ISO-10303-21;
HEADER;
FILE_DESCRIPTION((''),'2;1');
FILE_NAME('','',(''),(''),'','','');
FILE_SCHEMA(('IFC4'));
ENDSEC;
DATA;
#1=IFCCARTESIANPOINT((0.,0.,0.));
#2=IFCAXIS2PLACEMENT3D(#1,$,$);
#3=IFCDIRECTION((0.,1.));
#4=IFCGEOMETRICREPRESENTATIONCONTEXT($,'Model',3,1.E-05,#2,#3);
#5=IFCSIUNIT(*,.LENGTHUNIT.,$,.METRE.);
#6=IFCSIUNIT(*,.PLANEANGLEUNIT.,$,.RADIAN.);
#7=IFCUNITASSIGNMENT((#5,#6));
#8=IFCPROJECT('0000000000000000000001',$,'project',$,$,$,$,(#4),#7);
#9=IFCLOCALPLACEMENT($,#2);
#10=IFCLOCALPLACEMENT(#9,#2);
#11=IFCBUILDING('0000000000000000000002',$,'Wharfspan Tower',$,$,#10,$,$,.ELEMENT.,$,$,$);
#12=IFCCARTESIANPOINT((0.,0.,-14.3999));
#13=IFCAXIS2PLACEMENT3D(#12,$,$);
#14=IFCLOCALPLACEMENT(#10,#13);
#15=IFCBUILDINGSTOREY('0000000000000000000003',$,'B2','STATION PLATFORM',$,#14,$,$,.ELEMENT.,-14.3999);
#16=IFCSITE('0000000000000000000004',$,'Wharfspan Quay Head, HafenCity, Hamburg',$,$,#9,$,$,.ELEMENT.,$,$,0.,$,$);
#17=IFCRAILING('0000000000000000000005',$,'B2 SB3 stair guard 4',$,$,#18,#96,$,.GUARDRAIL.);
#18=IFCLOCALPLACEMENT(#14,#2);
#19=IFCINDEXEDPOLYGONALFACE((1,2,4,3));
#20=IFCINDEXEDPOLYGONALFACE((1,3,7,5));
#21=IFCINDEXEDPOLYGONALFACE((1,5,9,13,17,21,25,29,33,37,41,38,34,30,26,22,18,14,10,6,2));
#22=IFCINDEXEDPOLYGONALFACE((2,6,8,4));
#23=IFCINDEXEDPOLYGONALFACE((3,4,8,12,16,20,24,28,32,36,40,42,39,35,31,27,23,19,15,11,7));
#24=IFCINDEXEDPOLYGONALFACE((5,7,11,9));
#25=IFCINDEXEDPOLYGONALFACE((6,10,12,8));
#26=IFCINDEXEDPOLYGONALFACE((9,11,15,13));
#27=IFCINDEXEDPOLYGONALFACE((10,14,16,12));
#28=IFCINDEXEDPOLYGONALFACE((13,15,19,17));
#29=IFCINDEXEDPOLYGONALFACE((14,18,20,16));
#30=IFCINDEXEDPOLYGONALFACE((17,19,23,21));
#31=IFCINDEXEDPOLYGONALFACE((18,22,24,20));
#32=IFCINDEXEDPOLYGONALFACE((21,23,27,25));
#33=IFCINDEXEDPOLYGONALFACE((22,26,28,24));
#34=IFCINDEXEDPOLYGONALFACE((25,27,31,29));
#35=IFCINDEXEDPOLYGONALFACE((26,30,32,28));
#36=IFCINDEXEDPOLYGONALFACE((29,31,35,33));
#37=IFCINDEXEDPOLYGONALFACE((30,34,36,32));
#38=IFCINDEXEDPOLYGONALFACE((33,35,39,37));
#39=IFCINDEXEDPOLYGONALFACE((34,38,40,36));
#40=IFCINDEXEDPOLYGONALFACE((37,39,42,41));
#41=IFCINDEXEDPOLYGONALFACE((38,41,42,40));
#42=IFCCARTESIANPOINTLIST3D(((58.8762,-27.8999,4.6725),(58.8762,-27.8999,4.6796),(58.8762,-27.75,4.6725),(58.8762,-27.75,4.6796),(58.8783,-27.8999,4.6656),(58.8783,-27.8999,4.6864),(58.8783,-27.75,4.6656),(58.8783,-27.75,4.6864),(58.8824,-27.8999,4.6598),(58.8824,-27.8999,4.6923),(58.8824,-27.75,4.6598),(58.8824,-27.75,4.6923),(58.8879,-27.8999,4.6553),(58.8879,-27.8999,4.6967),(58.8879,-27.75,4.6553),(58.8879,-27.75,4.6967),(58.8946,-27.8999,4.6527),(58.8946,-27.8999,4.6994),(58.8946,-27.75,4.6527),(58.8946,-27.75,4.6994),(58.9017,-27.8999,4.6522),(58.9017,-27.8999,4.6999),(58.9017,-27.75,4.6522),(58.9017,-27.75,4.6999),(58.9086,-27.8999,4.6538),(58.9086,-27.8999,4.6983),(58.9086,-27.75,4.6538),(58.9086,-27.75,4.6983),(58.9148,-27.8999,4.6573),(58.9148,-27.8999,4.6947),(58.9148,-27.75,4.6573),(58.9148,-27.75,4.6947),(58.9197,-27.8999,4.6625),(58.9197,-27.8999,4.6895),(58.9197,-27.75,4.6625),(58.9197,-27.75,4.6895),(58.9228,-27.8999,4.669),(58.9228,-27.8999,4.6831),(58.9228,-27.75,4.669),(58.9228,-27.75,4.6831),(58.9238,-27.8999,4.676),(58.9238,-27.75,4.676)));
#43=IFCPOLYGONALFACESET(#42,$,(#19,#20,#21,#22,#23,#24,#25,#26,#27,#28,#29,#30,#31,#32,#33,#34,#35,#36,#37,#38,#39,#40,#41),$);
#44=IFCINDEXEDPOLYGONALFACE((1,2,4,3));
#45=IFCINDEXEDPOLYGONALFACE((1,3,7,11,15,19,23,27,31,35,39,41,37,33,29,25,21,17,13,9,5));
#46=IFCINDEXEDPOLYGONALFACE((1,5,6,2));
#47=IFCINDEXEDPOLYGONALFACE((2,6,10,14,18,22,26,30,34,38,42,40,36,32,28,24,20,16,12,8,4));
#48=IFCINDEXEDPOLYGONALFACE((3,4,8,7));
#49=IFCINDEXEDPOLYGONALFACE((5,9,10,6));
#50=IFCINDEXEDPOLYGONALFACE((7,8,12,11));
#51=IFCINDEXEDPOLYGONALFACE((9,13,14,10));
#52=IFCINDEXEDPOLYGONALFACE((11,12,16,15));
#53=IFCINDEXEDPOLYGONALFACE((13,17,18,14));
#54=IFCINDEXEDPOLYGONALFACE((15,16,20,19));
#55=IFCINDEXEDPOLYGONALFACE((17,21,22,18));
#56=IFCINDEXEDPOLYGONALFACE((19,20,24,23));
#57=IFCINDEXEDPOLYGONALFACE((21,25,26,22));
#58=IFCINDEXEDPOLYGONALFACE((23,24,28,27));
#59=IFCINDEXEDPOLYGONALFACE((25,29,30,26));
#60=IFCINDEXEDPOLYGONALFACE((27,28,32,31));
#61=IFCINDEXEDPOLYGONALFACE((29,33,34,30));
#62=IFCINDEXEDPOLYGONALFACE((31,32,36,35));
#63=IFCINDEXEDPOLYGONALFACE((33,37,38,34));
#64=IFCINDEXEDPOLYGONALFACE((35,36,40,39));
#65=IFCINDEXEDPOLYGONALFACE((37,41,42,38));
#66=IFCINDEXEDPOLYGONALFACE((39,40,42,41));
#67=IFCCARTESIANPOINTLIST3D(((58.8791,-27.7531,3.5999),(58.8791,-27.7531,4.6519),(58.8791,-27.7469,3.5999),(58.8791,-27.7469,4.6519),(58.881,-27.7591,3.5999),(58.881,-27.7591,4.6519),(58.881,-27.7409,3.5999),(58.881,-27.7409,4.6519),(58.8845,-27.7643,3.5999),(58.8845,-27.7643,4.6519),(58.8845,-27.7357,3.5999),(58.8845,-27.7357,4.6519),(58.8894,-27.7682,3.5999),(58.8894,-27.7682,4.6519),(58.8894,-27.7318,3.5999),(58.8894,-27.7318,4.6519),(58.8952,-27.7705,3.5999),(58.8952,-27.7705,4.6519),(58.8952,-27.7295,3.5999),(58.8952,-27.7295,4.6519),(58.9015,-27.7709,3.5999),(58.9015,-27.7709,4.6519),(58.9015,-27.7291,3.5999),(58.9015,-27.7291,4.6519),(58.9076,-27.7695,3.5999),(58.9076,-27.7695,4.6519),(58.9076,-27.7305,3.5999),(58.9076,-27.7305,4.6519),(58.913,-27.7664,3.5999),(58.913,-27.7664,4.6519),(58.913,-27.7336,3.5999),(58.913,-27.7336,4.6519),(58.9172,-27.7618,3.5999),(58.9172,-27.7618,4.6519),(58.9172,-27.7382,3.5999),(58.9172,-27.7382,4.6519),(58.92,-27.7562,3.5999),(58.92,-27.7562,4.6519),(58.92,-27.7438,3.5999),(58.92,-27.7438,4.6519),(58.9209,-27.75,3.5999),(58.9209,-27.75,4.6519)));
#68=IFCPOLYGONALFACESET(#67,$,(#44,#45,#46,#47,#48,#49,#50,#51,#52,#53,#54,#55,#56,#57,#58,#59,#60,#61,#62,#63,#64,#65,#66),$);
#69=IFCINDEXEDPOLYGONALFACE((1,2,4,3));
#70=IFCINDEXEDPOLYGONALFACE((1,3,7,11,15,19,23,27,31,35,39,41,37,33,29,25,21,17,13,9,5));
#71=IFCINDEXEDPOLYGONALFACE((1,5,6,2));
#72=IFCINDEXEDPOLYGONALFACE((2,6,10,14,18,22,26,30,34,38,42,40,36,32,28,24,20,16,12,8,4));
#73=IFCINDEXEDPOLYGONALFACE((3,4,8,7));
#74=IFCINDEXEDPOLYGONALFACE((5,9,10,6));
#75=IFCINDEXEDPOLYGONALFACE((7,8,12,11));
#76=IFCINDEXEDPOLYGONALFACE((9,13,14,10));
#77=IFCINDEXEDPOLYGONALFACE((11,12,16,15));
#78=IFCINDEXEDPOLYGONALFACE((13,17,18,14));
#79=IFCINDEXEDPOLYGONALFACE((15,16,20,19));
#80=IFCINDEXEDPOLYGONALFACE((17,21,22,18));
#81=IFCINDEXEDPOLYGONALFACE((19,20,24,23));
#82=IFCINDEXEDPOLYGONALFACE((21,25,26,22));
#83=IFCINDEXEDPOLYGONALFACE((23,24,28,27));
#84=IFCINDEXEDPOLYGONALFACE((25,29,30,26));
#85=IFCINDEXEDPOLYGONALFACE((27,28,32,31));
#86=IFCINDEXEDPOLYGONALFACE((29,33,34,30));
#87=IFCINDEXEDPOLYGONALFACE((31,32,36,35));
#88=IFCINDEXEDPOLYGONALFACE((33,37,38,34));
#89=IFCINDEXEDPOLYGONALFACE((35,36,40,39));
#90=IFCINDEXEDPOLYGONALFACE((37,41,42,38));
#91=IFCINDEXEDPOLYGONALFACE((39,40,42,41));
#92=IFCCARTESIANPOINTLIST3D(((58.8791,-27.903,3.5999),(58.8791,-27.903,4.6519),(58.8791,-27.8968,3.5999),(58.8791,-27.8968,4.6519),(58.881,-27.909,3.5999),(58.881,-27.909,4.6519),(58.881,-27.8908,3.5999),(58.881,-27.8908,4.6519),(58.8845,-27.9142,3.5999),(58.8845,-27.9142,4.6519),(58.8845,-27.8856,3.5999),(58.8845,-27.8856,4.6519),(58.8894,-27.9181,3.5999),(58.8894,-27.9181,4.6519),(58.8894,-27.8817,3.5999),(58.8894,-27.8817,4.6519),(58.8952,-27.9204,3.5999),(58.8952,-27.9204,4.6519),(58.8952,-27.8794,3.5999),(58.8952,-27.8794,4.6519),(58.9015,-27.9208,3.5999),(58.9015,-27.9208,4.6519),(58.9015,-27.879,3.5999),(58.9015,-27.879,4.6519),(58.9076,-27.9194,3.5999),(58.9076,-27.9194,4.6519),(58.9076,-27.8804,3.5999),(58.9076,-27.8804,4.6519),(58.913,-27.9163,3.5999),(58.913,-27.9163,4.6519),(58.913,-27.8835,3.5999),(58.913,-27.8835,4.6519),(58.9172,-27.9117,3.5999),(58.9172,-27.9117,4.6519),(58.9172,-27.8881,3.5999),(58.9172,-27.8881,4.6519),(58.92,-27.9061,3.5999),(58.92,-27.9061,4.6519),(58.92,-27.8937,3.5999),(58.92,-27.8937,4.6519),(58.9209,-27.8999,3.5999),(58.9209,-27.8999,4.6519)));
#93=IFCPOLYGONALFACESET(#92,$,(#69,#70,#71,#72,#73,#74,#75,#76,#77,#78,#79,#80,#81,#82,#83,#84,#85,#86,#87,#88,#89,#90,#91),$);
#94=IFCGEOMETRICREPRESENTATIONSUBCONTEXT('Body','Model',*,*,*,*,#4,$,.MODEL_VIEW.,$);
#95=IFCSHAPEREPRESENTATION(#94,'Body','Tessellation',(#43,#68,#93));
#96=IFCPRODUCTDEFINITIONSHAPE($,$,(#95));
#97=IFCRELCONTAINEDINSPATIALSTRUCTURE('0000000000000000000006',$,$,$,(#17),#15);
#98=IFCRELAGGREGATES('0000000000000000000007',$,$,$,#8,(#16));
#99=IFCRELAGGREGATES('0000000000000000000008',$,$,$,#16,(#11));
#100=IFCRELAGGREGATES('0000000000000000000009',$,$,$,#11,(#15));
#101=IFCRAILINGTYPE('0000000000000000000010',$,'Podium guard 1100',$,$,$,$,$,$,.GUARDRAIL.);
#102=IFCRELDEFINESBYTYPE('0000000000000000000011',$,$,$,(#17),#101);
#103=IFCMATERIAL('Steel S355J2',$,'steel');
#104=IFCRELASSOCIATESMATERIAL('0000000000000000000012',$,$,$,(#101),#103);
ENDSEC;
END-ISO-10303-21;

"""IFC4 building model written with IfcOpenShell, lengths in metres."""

from ifc_helpers import new_model, si_unit, direction, frame, origin, origin_2d, place, context, subcontext, project, spatial, circle, extrude, material, type_object, element, save


model = new_model("IFC4")

# Units and contexts
model_context = context("Model", 3, precision=1e-05, world=origin(), true_north=direction((0.0, 1.0)))
body_context = subcontext(model_context, "Body", "Model", "MODEL_VIEW")
ifc_project = project(units=[si_unit("LENGTHUNIT", "METRE"), si_unit("PLANEANGLEUNIT", "RADIAN")], contexts=[model_context])

# Site, building, storey
site_placement = place(None, origin())
site = spatial("IfcSite", under=ifc_project, at=site_placement, Name="Wharfspan Quay Head, HafenCity, Hamburg", CompositionType="ELEMENT", RefElevation=0.0)
building_placement = place(site_placement, origin())
building = spatial("IfcBuilding", under=site, at=building_placement, Name="Wharfspan Tower", CompositionType="ELEMENT")
storey_placement = place(building_placement, frame((0.0, 0.0, -14.3999)))
storey = spatial("IfcBuildingStorey", under=building, at=storey_placement, Name="B2", Description="STATION PLATFORM", CompositionType="ELEMENT", Elevation=-14.3999)

# Railing
ifc_material_1 = material(Name="Steel S355J2", Category="steel")
railing_type_1 = type_object("IfcRailingType", Name="Podium guard 1100", PredefinedType="GUARDRAIL", material=ifc_material_1)
railing_1_placement = place(storey_placement, frame((58.8999, -27.75, 3.5999)))
element("IfcRailing", 1, at=railing_1_placement, inside=storey, type_object=railing_type_1, Name="B2 SB3 stair guard 4", PredefinedType="GUARDRAIL", context=body_context, shape_type="SweptSolid", body=[
    extrude(circle(Radius=0.0239, at=origin_2d()), frame((0.0, 0.0, 1.0762), z_axis=(0.0, -1.0, 0.0), x_axis=(1.0, 0.0, 0.0)), (0.0, 0.0, 1.0), 0.1499),
    extrude(circle(Radius=0.021, at=origin_2d()), origin(), (0.0, 0.0, 1.0), 1.052),
    extrude(circle(Radius=0.021, at=origin_2d()), frame((0.0, -0.1499, 0.0)), (0.0, 0.0, 1.0), 1.052),
])

save(model, "model.ifc")
